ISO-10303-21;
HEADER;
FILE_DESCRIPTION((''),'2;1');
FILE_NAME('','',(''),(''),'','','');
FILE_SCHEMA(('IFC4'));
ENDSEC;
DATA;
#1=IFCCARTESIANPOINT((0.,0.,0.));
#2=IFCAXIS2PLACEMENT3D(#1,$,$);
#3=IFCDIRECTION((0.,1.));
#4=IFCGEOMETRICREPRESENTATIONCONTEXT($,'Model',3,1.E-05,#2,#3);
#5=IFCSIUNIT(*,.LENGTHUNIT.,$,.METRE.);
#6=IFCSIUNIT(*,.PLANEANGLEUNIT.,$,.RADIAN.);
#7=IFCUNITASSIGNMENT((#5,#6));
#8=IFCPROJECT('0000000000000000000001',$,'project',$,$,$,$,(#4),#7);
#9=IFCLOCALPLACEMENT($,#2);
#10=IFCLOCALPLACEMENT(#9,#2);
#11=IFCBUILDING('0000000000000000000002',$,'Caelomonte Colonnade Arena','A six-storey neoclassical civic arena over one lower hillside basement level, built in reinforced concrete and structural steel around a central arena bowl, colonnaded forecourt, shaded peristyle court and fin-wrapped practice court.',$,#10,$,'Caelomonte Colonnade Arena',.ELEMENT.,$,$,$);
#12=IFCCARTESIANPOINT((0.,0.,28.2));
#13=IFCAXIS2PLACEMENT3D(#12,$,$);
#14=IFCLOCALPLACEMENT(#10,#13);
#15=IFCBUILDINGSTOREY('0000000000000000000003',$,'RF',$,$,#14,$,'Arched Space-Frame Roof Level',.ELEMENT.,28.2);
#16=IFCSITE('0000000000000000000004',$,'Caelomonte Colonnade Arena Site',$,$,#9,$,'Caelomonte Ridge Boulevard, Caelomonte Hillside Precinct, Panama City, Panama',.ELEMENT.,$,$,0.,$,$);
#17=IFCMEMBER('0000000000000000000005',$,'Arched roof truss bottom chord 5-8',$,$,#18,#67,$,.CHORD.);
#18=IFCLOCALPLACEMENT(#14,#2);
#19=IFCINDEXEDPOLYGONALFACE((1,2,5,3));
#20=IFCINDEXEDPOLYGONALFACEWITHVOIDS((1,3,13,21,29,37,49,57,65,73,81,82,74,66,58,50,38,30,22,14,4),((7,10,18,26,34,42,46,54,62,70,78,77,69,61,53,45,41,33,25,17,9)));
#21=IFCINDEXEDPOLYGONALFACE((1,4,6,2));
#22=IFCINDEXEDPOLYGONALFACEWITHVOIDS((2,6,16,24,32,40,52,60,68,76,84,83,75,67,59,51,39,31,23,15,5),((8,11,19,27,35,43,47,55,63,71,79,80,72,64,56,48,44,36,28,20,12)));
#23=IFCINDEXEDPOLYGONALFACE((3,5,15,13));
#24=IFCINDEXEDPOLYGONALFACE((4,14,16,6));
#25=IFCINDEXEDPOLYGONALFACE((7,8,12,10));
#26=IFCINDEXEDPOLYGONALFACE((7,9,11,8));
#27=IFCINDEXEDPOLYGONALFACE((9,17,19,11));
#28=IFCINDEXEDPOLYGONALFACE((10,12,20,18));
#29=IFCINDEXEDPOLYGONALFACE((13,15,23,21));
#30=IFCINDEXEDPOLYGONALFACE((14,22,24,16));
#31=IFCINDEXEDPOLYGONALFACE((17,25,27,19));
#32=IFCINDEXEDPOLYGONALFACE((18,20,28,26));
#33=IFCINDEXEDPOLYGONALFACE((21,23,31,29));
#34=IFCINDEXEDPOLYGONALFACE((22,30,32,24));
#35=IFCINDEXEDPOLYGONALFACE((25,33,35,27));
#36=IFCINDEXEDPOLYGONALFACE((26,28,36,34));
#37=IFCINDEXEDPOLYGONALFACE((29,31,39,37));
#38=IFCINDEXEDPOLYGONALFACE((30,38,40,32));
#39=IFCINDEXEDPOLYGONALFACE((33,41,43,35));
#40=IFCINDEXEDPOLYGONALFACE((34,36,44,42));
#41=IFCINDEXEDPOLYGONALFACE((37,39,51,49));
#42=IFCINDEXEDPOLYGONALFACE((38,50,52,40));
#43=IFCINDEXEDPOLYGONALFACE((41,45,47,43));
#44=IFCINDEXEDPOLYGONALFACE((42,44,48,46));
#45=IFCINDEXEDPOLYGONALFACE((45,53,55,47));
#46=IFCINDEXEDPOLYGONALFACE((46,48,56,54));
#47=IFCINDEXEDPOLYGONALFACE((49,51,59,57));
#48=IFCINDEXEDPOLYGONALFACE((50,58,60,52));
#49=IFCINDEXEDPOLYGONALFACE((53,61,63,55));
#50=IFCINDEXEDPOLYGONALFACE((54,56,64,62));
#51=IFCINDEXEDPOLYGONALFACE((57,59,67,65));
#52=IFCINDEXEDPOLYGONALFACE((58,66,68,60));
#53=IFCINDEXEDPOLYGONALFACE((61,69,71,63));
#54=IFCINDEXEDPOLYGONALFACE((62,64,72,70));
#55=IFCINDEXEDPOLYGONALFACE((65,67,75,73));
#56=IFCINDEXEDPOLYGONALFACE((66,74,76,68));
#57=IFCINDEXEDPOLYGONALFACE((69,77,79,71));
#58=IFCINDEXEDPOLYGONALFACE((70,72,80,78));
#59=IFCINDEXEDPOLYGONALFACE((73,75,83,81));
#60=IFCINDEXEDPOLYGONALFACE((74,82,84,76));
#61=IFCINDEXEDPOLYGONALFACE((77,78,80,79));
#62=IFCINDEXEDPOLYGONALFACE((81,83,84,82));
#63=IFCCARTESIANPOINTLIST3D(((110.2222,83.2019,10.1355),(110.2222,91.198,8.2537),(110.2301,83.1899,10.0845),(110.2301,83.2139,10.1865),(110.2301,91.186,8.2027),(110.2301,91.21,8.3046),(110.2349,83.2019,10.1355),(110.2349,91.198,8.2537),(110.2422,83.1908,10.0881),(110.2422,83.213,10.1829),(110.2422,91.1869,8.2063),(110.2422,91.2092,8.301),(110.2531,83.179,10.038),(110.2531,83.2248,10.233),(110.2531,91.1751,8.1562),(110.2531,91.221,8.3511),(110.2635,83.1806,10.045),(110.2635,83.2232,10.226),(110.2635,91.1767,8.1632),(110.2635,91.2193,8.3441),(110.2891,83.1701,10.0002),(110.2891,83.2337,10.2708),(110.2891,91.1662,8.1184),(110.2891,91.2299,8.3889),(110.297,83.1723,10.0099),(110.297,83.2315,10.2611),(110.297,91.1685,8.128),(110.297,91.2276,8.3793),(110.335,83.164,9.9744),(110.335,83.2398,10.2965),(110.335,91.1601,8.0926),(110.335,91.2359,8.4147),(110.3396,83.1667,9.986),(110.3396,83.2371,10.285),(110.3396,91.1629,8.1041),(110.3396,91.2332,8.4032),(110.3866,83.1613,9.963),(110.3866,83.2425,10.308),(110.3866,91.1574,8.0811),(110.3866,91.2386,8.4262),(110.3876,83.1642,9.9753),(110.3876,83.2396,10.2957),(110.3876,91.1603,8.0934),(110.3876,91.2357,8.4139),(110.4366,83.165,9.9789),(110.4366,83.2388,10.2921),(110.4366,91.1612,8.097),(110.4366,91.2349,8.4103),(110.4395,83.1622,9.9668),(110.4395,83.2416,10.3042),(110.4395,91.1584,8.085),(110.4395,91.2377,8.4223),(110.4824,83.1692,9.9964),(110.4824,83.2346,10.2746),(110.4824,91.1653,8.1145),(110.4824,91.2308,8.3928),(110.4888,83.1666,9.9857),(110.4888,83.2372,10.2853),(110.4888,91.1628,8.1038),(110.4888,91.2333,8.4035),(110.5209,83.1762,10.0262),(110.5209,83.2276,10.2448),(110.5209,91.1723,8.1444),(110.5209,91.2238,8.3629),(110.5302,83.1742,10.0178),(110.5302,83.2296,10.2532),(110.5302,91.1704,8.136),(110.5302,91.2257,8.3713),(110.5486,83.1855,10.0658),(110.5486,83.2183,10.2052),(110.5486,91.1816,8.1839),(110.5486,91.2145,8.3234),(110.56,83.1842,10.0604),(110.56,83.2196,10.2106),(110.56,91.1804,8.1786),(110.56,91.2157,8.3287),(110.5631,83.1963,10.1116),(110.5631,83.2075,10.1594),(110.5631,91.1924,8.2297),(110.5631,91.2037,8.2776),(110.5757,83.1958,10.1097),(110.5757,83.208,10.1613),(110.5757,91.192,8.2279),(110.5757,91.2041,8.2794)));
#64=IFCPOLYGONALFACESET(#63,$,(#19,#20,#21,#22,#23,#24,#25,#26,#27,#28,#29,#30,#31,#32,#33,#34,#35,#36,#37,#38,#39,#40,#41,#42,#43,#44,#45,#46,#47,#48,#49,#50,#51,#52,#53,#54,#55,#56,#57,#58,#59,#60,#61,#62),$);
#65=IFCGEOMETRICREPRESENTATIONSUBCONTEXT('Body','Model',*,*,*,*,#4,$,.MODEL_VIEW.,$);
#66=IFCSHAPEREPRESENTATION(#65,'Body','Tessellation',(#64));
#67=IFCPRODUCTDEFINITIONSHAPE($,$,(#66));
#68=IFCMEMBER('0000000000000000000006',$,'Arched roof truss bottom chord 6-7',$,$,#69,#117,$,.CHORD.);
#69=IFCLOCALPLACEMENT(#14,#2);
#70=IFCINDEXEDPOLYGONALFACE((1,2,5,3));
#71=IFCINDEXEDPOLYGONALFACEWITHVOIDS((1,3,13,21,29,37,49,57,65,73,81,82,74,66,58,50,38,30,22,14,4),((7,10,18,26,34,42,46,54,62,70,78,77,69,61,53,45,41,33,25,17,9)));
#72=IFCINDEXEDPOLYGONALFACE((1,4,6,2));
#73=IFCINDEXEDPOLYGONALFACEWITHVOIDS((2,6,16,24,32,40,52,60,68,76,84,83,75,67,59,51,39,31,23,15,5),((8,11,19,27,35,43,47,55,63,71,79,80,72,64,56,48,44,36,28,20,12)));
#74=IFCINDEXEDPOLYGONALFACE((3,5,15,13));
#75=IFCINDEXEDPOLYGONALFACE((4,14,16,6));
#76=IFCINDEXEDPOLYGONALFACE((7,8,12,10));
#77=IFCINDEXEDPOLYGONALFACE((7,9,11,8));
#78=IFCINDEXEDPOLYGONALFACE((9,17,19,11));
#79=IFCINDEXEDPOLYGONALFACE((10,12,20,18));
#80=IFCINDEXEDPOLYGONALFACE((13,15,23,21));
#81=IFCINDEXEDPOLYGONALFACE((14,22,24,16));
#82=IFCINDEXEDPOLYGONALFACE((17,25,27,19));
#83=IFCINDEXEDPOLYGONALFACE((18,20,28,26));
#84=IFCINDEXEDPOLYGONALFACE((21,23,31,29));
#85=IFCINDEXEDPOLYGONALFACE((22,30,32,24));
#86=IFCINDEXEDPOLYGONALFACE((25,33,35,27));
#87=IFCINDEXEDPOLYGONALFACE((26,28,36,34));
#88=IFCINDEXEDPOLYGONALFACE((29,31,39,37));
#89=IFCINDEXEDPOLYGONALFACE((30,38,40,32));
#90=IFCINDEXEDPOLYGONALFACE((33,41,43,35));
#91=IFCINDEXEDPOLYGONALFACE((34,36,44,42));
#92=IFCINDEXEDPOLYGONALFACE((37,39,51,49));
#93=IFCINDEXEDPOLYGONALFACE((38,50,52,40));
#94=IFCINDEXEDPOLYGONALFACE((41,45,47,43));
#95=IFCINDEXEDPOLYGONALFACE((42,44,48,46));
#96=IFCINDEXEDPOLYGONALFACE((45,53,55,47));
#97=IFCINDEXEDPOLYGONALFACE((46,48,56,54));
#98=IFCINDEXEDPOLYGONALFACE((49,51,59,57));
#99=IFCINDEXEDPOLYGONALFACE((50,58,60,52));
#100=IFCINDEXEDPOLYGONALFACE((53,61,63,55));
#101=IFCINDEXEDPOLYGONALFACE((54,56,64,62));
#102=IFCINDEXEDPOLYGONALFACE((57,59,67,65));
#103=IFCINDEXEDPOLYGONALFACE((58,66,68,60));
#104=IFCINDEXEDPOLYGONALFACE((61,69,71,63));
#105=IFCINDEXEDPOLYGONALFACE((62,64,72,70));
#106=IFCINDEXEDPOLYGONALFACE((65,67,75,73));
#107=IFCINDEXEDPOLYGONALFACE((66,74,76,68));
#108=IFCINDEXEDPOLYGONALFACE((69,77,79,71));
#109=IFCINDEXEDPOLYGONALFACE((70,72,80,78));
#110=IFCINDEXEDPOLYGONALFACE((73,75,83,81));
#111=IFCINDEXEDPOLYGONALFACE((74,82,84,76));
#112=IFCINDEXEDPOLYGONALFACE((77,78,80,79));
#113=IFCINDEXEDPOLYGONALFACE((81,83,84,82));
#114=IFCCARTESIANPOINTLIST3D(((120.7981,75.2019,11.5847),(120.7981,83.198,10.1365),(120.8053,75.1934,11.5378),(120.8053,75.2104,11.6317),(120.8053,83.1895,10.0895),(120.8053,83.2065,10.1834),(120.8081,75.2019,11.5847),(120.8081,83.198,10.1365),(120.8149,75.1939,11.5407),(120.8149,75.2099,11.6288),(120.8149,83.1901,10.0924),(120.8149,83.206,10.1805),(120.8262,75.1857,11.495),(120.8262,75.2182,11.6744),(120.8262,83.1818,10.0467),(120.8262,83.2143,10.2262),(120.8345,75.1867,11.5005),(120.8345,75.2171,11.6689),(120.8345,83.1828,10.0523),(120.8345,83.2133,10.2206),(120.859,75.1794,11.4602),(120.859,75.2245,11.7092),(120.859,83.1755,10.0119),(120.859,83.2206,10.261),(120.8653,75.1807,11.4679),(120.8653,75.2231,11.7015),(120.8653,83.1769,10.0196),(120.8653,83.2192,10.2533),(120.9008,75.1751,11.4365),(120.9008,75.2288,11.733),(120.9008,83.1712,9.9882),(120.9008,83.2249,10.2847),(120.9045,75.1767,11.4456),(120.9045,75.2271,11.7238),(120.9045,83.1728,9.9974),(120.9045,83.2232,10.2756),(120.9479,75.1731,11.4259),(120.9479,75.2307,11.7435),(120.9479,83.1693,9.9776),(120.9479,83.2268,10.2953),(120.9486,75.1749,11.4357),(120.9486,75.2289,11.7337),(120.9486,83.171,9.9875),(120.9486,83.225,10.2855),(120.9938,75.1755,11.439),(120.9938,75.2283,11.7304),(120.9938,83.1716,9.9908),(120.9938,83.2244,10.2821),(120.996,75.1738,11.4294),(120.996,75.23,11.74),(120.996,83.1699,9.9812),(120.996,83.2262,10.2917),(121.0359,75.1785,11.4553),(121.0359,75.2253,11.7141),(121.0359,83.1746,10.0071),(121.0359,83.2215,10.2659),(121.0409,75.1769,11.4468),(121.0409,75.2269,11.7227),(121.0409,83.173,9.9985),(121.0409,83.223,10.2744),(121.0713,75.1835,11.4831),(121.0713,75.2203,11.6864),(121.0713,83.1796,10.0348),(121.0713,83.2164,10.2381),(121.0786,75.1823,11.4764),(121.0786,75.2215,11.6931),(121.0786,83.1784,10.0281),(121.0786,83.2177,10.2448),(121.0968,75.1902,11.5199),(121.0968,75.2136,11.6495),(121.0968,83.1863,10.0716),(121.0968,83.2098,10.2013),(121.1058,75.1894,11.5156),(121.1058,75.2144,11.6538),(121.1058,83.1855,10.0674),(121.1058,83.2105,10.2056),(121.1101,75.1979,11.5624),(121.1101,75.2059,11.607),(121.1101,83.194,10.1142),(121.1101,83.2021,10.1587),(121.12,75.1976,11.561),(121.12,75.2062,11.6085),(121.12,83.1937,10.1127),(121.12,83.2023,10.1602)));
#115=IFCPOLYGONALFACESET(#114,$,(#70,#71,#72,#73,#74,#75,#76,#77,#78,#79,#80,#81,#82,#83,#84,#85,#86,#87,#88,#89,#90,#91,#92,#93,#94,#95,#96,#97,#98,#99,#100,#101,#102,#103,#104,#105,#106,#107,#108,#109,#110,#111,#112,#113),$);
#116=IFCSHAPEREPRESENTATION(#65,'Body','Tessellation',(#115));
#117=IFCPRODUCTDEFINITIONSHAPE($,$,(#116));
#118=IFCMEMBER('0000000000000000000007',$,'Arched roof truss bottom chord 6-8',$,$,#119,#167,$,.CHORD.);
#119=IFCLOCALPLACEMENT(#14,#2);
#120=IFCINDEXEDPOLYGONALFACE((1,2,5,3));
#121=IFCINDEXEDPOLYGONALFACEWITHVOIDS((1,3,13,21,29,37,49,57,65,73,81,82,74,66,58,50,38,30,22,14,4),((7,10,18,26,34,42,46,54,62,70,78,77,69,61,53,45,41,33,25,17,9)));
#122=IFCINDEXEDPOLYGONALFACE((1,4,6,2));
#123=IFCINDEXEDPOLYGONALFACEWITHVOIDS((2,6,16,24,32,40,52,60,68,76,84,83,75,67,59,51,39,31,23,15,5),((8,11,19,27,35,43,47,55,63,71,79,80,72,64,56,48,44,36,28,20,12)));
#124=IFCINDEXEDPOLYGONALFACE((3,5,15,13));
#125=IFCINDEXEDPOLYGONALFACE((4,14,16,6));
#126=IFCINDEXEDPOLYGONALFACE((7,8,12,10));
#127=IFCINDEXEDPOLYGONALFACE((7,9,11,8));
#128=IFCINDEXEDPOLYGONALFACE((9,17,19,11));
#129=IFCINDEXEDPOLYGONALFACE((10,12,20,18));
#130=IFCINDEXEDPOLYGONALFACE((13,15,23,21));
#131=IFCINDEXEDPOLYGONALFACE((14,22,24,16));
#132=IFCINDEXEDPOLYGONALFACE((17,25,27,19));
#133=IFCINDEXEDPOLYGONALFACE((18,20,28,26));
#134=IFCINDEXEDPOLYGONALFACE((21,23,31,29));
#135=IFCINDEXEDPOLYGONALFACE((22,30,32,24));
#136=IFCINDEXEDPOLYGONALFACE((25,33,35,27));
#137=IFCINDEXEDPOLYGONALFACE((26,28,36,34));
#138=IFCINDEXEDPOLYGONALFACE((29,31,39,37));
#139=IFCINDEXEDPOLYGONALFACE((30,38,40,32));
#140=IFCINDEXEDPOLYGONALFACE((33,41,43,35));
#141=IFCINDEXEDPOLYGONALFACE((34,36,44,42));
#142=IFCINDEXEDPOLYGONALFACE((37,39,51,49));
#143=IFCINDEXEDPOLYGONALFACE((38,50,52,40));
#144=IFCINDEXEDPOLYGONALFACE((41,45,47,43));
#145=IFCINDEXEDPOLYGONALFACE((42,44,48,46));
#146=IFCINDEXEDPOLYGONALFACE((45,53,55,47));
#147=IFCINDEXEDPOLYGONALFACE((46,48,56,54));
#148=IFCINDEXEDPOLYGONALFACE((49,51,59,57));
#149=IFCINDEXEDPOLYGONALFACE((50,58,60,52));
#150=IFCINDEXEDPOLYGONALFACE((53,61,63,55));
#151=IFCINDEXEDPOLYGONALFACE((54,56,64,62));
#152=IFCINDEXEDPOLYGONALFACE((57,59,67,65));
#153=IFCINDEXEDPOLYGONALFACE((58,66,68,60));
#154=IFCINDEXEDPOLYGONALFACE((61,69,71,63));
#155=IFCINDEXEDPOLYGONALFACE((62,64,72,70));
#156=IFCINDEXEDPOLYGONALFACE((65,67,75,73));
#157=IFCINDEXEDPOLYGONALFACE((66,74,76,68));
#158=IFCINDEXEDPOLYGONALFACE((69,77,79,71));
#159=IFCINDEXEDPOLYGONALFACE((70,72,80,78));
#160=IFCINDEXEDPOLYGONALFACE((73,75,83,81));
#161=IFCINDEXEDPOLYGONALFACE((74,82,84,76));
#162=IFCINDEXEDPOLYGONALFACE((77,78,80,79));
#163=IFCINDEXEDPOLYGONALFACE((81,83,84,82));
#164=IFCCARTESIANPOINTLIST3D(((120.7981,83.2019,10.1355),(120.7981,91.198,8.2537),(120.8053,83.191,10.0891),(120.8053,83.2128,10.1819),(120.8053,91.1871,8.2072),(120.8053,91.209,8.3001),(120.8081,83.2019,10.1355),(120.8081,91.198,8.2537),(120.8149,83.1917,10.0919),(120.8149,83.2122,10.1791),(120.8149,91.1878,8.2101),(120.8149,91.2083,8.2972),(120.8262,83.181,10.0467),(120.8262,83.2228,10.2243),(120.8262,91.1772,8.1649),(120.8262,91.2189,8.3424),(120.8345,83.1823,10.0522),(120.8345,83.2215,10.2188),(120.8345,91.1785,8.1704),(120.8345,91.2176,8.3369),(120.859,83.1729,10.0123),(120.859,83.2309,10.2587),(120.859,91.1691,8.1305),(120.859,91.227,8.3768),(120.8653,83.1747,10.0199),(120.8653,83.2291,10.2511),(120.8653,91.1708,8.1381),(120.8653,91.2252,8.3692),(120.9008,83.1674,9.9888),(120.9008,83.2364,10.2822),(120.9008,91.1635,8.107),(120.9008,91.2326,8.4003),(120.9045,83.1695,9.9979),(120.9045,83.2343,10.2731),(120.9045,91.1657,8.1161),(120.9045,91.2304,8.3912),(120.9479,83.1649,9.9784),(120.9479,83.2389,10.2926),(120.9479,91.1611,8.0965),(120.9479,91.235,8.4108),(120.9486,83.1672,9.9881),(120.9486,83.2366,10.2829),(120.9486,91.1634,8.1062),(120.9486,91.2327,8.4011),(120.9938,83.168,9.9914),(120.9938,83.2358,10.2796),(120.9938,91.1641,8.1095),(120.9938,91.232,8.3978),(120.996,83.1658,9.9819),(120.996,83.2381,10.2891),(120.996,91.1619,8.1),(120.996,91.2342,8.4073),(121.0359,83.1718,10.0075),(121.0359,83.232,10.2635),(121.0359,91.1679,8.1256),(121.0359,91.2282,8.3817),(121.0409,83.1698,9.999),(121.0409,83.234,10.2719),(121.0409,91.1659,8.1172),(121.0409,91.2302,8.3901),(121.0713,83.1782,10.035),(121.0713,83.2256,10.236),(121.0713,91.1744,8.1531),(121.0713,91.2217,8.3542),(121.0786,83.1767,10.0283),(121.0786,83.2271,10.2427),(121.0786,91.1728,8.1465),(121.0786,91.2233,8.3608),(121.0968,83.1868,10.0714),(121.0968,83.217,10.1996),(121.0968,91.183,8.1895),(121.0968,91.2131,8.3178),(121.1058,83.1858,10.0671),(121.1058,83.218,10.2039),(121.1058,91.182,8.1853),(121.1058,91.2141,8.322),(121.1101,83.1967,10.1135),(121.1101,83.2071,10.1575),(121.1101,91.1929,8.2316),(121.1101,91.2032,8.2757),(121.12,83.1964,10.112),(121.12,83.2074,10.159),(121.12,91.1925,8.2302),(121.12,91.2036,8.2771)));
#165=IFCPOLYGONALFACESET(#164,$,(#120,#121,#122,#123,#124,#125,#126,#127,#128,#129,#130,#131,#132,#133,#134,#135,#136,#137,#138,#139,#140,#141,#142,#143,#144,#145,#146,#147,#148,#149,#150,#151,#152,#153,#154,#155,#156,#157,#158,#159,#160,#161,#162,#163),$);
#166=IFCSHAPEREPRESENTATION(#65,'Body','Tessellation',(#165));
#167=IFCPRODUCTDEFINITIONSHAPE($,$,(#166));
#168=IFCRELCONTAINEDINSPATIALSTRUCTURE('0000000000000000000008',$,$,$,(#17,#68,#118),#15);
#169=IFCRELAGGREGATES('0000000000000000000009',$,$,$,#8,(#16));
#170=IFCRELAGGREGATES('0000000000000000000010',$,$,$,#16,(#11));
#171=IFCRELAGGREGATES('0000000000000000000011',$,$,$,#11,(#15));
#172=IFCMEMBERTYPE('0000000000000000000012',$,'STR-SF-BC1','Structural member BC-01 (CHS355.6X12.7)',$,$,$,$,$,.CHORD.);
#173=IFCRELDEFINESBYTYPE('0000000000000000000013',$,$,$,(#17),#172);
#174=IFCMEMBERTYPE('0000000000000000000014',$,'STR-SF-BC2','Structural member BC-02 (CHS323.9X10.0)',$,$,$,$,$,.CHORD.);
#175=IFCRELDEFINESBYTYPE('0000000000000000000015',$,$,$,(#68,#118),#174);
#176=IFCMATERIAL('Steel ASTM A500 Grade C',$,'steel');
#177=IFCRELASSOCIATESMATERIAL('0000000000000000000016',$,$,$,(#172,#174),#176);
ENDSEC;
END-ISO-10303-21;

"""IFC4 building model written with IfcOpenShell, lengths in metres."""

from ifc_helpers import new_model, si_unit, direction, frame, origin, origin_2d, place, context, subcontext, project, spatial, hollow_circle, extrude, material, material_profile, profile_set, type_object, element, save


model = new_model("IFC4")

# Units and contexts
model_context = context("Model", 3, precision=1e-05, world=origin(), true_north=direction((0.0, 1.0)))
body_context = subcontext(model_context, "Body", "Model", "MODEL_VIEW")
ifc_project = project(units=[si_unit("LENGTHUNIT", "METRE"), si_unit("PLANEANGLEUNIT", "RADIAN")], contexts=[model_context])

# Site, building, storey
site_placement = place(None, origin())
site = spatial("IfcSite", under=ifc_project, at=site_placement, Name="Caelomonte Colonnade Arena Site", LongName="Caelomonte Ridge Boulevard, Caelomonte Hillside Precinct, Panama City, Panama", CompositionType="ELEMENT", RefElevation=0.0)
building_placement = place(site_placement, origin())
building = spatial("IfcBuilding", under=site, at=building_placement, Name="Caelomonte Colonnade Arena", Description="A six-storey neoclassical civic arena over one lower hillside basement level, built in reinforced concrete and structural steel around a central arena bowl, colonnaded forecourt, shaded peristyle court and fin-wrapped practice court.", LongName="Caelomonte Colonnade Arena", CompositionType="ELEMENT")
storey_placement = place(building_placement, frame((0.0, 0.0, 28.2)))
storey = spatial("IfcBuildingStorey", under=building, at=storey_placement, Name="RF", LongName="Arched Space-Frame Roof Level", CompositionType="ELEMENT", Elevation=28.2)

# Members
ifc_material_1 = material(Name="Steel ASTM A500 Grade C", Category="steel")
ifc_material_profile_1 = material_profile(ifc_material_1, hollow_circle(Radius=0.1777, WallThickness=0.0127, at=origin_2d()), Name="CHS355.6X12.7")
ifc_profile_set_1 = profile_set([ifc_material_profile_1], Name="Steel ASTM A500 Grade C")
member_type_1 = type_object("IfcMemberType", Name="STR-SF-BC1", Description="Structural member BC-01 (CHS355.6X12.7)", PredefinedType="CHORD", material=ifc_profile_set_1)
member_1_placement = place(storey_placement, frame((110.3999, 83.2019, 10.1355), z_axis=(0.0, 0.973406, -0.229086), x_axis=(-1.0, 0.0, 0.0)))
element("IfcMember", 1, at=member_1_placement, inside=storey, type_object=member_type_1, Name="Arched roof truss bottom chord 5-8", PredefinedType="CHORD", context=body_context, shape_type="SweptSolid", body=[
    extrude(hollow_circle(Radius=0.1777, WallThickness=0.0127, at=origin_2d()), origin(), (0.0, 0.0, 1.0), 8.2146),
])
ifc_material_profile_2 = material_profile(ifc_material_1, hollow_circle(Radius=0.1619, WallThickness=0.01, at=origin_2d()), Name="CHS323.9X10.0")
ifc_profile_set_2 = profile_set([ifc_material_profile_2], Name="Steel ASTM A500 Grade C")
member_type_2 = type_object("IfcMemberType", Name="STR-SF-BC2", Description="Structural member BC-02 (CHS323.9X10.0)", PredefinedType="CHORD", material=ifc_profile_set_2)
member_2_placement = place(storey_placement, frame((120.96, 75.2019, 11.5847), z_axis=(0.0, 0.983991, -0.178219), x_axis=(-1.0, 0.0, 0.0)))
element("IfcMember", 2, at=member_2_placement, inside=storey, type_object=member_type_2, Name="Arched roof truss bottom chord 6-7", PredefinedType="CHORD", context=body_context, shape_type="SweptSolid", body=[
    extrude(hollow_circle(Radius=0.1619, WallThickness=0.01, at=origin_2d()), origin(), (0.0, 0.0, 1.0), 8.1262),
])
member_3_placement = place(storey_placement, frame((120.96, 83.2019, 10.1355), z_axis=(0.0, 0.973406, -0.229086), x_axis=(-1.0, 0.0, 0.0)))
element("IfcMember", 3, at=member_3_placement, inside=storey, type_object=member_type_2, Name="Arched roof truss bottom chord 6-8", PredefinedType="CHORD", context=body_context, shape_type="SweptSolid", body=[
    extrude(hollow_circle(Radius=0.1619, WallThickness=0.01, at=origin_2d()), origin(), (0.0, 0.0, 1.0), 8.2146),
])

save(model, "model.ifc")
